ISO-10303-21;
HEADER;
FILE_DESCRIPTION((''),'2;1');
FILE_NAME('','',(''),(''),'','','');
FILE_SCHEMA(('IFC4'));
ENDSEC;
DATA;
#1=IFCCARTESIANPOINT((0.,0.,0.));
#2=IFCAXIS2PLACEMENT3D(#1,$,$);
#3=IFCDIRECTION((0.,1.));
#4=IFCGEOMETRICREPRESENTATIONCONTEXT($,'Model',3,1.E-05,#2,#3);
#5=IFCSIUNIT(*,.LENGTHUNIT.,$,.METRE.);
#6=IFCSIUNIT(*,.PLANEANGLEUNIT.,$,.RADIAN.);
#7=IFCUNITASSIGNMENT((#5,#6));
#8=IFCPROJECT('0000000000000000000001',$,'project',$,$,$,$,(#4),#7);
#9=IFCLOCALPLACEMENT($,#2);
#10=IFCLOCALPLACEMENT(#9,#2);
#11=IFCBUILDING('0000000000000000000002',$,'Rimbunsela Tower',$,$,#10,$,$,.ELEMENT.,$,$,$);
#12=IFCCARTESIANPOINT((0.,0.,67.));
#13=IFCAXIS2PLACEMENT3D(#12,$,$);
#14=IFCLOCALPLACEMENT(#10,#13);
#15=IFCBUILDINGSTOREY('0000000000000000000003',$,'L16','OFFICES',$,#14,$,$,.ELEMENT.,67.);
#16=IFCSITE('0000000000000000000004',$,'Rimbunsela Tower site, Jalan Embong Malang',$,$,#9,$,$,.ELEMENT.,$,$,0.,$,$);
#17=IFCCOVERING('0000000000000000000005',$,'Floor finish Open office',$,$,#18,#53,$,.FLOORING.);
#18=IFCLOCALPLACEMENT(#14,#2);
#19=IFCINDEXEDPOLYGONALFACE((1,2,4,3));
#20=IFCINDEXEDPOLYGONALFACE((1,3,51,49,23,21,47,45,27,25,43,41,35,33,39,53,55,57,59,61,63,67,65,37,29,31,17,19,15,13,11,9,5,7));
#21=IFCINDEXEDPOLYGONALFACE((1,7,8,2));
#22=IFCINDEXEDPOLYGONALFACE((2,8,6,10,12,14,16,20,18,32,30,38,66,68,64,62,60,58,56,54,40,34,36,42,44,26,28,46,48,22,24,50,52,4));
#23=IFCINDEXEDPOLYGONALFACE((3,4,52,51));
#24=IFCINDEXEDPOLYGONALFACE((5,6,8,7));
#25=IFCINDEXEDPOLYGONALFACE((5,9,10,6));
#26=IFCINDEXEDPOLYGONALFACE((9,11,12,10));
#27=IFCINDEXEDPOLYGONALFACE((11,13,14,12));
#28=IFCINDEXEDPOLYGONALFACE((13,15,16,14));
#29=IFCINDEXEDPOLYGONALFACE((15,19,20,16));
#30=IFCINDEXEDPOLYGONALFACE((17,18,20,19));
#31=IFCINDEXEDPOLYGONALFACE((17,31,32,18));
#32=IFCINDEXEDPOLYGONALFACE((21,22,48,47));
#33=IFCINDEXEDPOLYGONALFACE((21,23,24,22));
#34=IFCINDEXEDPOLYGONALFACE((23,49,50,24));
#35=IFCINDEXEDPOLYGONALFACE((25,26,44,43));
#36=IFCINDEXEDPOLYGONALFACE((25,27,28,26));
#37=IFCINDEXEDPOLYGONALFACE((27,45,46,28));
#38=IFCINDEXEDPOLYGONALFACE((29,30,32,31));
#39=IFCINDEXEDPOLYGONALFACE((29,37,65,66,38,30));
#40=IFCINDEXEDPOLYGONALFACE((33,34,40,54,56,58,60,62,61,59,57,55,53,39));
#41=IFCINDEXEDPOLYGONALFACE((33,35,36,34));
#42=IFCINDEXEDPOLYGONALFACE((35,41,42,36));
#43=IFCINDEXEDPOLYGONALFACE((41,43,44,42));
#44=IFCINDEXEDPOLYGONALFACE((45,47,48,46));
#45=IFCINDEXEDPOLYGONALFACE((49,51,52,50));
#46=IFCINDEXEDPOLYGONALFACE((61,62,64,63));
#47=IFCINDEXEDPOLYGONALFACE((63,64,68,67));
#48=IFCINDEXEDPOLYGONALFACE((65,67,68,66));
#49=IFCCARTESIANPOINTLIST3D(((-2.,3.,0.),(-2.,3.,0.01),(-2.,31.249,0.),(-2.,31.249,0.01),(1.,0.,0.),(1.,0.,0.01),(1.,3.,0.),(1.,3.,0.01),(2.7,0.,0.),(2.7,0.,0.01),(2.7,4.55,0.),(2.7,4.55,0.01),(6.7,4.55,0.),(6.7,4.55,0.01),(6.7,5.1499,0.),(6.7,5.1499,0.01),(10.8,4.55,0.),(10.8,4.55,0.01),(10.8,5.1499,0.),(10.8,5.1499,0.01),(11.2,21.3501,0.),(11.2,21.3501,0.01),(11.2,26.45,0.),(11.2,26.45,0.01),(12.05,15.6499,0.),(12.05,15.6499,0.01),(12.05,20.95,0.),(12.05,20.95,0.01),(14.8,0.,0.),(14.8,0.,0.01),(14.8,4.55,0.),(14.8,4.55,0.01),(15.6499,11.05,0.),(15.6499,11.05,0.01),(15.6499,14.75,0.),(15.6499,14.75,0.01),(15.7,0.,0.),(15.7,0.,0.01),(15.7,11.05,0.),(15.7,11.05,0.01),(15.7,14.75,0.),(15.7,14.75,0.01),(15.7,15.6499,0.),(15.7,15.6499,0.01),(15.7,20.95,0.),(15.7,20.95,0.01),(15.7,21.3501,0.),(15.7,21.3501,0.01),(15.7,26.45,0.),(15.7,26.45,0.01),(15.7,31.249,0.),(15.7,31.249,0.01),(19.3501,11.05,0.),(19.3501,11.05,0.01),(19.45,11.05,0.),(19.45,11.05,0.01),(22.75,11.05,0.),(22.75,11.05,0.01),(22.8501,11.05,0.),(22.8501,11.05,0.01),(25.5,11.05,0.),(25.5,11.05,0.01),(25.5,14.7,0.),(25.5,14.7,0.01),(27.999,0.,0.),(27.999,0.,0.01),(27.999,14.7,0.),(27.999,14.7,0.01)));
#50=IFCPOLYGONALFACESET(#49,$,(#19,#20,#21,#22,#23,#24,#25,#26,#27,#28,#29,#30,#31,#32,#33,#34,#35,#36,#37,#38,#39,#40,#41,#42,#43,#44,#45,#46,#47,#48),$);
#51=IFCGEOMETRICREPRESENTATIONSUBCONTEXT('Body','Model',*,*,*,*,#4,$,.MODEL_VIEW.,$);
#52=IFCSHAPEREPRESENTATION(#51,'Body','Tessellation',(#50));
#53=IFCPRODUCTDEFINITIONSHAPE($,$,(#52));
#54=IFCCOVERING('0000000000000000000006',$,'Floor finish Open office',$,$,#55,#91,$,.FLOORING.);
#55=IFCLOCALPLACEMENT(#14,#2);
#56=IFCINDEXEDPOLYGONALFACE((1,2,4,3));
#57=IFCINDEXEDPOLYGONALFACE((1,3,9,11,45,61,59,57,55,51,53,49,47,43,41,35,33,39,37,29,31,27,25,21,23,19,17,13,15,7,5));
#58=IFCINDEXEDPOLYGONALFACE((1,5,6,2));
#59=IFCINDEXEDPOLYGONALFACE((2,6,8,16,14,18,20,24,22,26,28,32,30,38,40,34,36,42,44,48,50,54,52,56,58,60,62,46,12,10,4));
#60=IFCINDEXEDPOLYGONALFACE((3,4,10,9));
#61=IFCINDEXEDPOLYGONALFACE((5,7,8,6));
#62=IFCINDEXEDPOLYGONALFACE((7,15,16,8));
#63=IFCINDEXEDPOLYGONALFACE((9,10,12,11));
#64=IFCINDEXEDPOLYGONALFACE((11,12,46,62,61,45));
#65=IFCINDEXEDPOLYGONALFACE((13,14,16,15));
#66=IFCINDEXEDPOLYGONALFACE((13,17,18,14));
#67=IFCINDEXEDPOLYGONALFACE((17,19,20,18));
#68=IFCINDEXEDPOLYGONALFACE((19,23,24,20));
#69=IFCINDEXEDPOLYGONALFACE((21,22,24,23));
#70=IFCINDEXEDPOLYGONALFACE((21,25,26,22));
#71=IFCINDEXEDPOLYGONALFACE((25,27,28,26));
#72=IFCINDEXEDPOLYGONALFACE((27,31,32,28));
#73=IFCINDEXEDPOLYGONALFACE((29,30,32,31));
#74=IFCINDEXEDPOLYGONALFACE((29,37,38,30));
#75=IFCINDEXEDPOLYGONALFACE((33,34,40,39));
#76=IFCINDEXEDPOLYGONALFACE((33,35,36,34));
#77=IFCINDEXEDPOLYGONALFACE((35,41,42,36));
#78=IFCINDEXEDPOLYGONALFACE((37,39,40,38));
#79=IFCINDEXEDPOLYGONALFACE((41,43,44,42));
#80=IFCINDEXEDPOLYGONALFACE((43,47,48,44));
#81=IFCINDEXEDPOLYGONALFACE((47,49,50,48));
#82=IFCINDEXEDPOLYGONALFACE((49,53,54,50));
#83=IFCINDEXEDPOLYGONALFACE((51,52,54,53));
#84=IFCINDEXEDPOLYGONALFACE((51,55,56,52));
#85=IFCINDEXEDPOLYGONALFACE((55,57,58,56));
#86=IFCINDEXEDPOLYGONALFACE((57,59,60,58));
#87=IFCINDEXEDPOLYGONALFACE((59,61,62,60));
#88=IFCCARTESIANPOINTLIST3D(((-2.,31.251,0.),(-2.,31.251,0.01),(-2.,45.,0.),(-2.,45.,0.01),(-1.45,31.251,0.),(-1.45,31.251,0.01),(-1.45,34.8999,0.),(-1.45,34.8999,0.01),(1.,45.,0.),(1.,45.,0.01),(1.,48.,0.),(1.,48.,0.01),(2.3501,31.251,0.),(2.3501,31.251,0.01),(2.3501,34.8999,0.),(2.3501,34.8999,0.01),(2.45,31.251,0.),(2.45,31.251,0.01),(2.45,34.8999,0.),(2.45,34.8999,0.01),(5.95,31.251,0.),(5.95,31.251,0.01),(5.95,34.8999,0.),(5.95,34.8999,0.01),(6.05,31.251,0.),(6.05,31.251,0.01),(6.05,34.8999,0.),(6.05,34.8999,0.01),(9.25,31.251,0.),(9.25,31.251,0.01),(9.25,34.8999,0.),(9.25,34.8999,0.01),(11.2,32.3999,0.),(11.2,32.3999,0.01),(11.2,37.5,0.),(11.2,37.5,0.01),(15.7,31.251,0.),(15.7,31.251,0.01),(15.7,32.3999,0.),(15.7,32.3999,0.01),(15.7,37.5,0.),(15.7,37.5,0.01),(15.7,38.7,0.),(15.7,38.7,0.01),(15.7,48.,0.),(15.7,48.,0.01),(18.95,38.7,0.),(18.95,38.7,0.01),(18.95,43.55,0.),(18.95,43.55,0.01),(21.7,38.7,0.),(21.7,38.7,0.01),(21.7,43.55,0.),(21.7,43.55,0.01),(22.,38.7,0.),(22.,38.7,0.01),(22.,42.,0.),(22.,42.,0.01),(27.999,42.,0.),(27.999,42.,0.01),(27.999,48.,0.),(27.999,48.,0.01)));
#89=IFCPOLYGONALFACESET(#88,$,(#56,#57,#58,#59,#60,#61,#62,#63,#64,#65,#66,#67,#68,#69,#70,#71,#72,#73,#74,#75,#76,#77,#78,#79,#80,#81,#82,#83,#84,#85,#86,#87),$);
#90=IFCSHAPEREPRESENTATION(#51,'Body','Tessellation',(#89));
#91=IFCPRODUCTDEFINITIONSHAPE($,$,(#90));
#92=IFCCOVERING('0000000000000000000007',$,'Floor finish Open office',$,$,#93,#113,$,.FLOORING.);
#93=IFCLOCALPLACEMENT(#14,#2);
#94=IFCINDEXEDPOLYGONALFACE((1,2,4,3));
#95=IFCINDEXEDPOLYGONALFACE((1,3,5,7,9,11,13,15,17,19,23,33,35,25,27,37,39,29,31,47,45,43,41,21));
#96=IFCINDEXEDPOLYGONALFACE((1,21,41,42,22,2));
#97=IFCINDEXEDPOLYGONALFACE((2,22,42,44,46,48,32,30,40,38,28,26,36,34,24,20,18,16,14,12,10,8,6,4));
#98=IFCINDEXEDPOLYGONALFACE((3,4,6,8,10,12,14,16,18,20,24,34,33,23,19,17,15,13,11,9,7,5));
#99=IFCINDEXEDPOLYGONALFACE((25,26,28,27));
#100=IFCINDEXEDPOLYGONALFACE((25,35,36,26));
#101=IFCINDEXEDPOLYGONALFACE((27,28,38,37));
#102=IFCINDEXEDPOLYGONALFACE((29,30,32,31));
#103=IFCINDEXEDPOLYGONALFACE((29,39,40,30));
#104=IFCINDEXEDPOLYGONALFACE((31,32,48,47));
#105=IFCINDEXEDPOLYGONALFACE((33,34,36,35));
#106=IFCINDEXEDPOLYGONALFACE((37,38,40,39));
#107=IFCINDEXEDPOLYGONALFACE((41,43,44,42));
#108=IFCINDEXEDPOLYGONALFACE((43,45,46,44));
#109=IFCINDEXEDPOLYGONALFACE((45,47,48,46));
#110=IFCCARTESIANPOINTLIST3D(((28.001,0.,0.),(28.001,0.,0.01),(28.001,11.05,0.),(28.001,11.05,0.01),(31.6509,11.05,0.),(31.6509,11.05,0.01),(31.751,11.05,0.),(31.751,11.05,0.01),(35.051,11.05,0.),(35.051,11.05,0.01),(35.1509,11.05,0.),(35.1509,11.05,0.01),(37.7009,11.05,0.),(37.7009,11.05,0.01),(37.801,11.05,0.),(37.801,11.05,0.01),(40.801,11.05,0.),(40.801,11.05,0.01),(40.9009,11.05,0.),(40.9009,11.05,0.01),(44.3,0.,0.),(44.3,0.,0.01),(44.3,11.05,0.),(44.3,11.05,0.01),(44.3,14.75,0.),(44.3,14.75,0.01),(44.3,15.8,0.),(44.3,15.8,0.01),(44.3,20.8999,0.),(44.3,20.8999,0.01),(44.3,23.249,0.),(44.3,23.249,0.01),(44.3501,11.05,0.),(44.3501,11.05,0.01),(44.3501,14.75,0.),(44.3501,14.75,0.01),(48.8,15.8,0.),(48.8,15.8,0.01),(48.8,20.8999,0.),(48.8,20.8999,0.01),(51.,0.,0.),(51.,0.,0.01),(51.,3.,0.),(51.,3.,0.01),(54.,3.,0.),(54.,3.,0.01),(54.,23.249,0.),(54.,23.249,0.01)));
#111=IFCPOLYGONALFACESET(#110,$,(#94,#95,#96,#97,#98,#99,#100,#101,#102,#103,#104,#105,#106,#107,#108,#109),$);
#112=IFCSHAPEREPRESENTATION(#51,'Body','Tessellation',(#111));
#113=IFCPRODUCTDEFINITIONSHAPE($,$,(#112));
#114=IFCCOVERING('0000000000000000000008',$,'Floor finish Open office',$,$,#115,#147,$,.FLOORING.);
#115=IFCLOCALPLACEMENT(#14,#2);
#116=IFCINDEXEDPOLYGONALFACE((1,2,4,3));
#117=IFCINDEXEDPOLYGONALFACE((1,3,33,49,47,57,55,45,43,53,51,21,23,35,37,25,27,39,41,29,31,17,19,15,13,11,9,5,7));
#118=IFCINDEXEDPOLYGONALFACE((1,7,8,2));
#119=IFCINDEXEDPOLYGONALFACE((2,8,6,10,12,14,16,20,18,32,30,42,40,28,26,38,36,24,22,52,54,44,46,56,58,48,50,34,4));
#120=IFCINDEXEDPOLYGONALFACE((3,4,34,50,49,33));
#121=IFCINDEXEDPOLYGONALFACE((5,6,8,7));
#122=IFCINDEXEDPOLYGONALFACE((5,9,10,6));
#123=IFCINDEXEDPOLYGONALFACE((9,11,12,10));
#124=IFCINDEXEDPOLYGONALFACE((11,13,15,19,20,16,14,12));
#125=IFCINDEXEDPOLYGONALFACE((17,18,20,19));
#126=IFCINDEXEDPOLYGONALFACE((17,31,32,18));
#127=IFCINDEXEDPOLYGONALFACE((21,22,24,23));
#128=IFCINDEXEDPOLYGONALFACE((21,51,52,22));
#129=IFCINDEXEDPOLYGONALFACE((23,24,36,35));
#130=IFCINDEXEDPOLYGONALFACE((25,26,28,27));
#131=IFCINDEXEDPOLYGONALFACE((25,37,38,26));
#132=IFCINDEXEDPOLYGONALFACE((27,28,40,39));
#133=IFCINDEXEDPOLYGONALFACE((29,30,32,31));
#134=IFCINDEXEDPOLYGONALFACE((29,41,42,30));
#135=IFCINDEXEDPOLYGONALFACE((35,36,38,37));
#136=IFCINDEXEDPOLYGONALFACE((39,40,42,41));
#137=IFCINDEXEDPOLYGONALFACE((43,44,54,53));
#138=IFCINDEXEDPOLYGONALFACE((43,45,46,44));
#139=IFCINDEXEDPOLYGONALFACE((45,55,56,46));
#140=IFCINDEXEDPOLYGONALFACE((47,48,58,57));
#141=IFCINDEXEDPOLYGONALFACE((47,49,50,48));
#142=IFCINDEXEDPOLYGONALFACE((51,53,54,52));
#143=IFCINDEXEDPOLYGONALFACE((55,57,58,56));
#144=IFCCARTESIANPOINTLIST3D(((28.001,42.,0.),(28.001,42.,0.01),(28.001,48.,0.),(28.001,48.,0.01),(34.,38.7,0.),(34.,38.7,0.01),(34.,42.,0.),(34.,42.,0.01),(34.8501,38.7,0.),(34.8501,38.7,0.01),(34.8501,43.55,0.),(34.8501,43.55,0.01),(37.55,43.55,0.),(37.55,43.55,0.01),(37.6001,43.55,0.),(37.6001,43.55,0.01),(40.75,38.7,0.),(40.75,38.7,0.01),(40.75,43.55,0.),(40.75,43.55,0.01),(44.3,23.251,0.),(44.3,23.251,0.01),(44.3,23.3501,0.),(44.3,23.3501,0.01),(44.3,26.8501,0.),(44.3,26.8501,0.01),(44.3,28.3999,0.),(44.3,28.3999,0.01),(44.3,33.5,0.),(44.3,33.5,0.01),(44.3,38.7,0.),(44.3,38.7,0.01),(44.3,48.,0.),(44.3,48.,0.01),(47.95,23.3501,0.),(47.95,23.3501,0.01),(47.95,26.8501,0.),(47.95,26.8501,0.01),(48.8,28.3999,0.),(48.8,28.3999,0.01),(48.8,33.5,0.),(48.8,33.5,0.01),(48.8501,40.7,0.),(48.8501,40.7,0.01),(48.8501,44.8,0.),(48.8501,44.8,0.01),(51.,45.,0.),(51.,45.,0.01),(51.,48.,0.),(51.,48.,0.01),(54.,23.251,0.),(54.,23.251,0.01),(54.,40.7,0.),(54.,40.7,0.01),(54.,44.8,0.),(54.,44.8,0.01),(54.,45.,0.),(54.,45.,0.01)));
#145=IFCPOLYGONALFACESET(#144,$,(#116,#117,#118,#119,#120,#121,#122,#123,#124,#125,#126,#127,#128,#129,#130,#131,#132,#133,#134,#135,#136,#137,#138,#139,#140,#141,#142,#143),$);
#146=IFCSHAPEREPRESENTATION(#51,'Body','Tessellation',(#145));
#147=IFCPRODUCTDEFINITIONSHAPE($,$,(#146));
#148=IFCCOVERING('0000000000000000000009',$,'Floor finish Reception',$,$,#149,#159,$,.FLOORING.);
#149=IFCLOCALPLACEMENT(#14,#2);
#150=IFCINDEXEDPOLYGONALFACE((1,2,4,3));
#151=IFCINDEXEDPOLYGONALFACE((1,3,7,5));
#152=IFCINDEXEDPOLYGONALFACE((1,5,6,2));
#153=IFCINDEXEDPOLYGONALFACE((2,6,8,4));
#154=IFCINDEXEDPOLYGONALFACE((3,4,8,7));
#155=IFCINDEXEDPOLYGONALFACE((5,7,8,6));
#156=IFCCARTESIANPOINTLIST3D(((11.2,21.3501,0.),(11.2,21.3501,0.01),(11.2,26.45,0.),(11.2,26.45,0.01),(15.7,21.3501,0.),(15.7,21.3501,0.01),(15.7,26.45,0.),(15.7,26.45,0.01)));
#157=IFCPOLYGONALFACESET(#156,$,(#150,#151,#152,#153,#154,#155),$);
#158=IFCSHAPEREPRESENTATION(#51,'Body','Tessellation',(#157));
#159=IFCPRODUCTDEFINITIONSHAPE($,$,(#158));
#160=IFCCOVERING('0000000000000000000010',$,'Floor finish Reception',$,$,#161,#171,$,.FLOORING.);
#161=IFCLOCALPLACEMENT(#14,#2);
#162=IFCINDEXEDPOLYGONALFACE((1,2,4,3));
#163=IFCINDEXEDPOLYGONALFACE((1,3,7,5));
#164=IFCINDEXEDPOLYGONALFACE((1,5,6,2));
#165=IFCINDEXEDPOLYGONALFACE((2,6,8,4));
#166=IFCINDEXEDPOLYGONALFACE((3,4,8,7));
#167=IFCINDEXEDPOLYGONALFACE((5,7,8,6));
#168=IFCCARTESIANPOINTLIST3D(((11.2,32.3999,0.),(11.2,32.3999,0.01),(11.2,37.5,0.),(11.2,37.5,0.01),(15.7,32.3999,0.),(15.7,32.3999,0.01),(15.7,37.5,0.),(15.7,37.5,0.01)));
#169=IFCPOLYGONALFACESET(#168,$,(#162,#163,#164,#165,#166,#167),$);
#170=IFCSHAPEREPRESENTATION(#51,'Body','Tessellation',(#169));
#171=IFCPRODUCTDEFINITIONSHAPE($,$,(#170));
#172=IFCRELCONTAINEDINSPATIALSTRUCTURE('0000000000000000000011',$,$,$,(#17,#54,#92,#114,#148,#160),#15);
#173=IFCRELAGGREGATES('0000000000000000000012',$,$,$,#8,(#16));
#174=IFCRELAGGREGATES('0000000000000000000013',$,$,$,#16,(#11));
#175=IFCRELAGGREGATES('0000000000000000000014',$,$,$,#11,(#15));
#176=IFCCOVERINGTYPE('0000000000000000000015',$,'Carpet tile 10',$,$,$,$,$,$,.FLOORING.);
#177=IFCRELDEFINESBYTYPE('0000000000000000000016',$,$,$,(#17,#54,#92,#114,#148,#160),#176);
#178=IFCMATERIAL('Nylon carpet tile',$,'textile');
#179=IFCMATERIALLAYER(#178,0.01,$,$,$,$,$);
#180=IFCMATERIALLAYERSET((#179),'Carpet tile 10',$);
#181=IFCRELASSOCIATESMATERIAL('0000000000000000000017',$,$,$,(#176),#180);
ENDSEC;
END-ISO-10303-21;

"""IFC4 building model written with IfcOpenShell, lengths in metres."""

from ifc_helpers import new_model, si_unit, direction, frame, origin, place, context, subcontext, project, spatial, polyline, outline, extrude, material, layer, layer_set, type_object, element, save


model = new_model("IFC4")

# Units and contexts
model_context = context("Model", 3, precision=1e-05, world=origin(), true_north=direction((0.0, 1.0)))
body_context = subcontext(model_context, "Body", "Model", "MODEL_VIEW")
ifc_project = project(units=[si_unit("LENGTHUNIT", "METRE"), si_unit("PLANEANGLEUNIT", "RADIAN")], contexts=[model_context])

# Site, building, storey
site_placement = place(None, origin())
site = spatial("IfcSite", under=ifc_project, at=site_placement, Name="Rimbunsela Tower site, Jalan Embong Malang", CompositionType="ELEMENT", RefElevation=0.0)
building_placement = place(site_placement, origin())
building = spatial("IfcBuilding", under=site, at=building_placement, Name="Rimbunsela Tower", CompositionType="ELEMENT")
storey_placement = place(building_placement, frame((0.0, 0.0, 67.0)))
storey = spatial("IfcBuildingStorey", under=building, at=storey_placement, Name="L16", Description="OFFICES", CompositionType="ELEMENT", Elevation=67.0)

# Coverings
ifc_material_1 = material(Name="Nylon carpet tile", Category="textile")
ifc_layer_1 = layer(ifc_material_1, 0.01)
ifc_layer_set_1 = layer_set([ifc_layer_1], Name="Carpet tile 10")
covering_type_1 = type_object("IfcCoveringType", Name="Carpet tile 10", PredefinedType="FLOORING", material=ifc_layer_set_1)
covering_1_placement = place(storey_placement, origin())
element("IfcCovering", 1, at=covering_1_placement, inside=storey, type_object=covering_type_1, Name="Floor finish Open office", PredefinedType="FLOORING", context=body_context, shape_type="SweptSolid", body=[
    extrude(outline(polyline([(19.45, 11.05), (22.75, 11.05), (22.8501, 11.05), (25.5, 11.05), (25.5, 14.7), (27.999, 14.7), (27.999, 0.0), (15.7, 0.0), (14.8, 0.0), (14.8, 4.55), (10.8, 4.55), (10.8, 5.1499), (6.7, 5.1499), (6.7, 4.55), (2.7, 4.55), (2.7, 0.0), (1.0, 0.0), (1.0, 3.0), (-2.0, 3.0), (-2.0, 31.249), (15.7, 31.249), (15.7, 26.45), (11.2, 26.45), (11.2, 21.3501), (15.7, 21.3501), (15.7, 20.95), (12.05, 20.95), (12.05, 15.6499), (15.7, 15.6499), (15.7, 14.75), (15.6499, 14.75), (15.6499, 11.05), (15.7, 11.05), (19.3501, 11.05), (19.45, 11.05)])), origin(), (0.0, 0.0, 1.0), 0.01),
])
covering_2_placement = place(storey_placement, origin())
element("IfcCovering", 2, at=covering_2_placement, inside=storey, type_object=covering_type_1, Name="Floor finish Open office", PredefinedType="FLOORING", context=body_context, shape_type="SweptSolid", body=[
    extrude(outline(polyline([(11.2, 37.5), (11.2, 32.3999), (15.7, 32.3999), (15.7, 31.251), (9.25, 31.251), (9.25, 34.8999), (6.05, 34.8999), (6.05, 31.251), (5.95, 31.251), (5.95, 34.8999), (2.45, 34.8999), (2.45, 31.251), (2.3501, 31.251), (2.3501, 34.8999), (-1.45, 34.8999), (-1.45, 31.251), (-2.0, 31.251), (-2.0, 45.0), (1.0, 45.0), (1.0, 48.0), (15.7, 48.0), (27.999, 48.0), (27.999, 42.0), (22.0, 42.0), (22.0, 38.7), (21.7, 38.7), (21.7, 43.55), (18.95, 43.55), (18.95, 38.7), (15.7, 38.7), (15.7, 37.5), (11.2, 37.5)])), origin(), (0.0, 0.0, 1.0), 0.01),
])
covering_3_placement = place(storey_placement, origin())
element("IfcCovering", 3, at=covering_3_placement, inside=storey, type_object=covering_type_1, Name="Floor finish Open office", PredefinedType="FLOORING", context=body_context, shape_type="SweptSolid", body=[
    extrude(outline(polyline([(28.001, 11.05), (31.6509, 11.05), (31.751, 11.05), (35.051, 11.05), (35.1509, 11.05), (37.7009, 11.05), (37.801, 11.05), (40.801, 11.05), (40.9009, 11.05), (44.3, 11.05), (44.3501, 11.05), (44.3501, 14.75), (44.3, 14.75), (44.3, 15.8), (48.8, 15.8), (48.8, 20.8999), (44.3, 20.8999), (44.3, 23.249), (54.0, 23.249), (54.0, 3.0), (51.0, 3.0), (51.0, 0.0), (44.3, 0.0), (28.001, 0.0), (28.001, 11.05)])), origin(), (0.0, 0.0, 1.0), 0.01),
])
covering_4_placement = place(storey_placement, origin())
element("IfcCovering", 4, at=covering_4_placement, inside=storey, type_object=covering_type_1, Name="Floor finish Open office", PredefinedType="FLOORING", context=body_context, shape_type="SweptSolid", body=[
    extrude(outline(polyline([(48.8501, 44.8), (48.8501, 40.7), (54.0, 40.7), (54.0, 23.251), (44.3, 23.251), (44.3, 23.3501), (47.95, 23.3501), (47.95, 26.8501), (44.3, 26.8501), (44.3, 28.3999), (48.8, 28.3999), (48.8, 33.5), (44.3, 33.5), (44.3, 38.7), (40.75, 38.7), (40.75, 43.55), (37.6001, 43.55), (37.55, 43.55), (34.8501, 43.55), (34.8501, 38.7), (34.0, 38.7), (34.0, 42.0), (28.001, 42.0), (28.001, 48.0), (44.3, 48.0), (51.0, 48.0), (51.0, 45.0), (54.0, 45.0), (54.0, 44.8), (48.8501, 44.8)])), origin(), (0.0, 0.0, 1.0), 0.01),
])
covering_5_placement = place(storey_placement, origin())
element("IfcCovering", 5, at=covering_5_placement, inside=storey, type_object=covering_type_1, Name="Floor finish Reception", PredefinedType="FLOORING", context=body_context, shape_type="SweptSolid", body=[
    extrude(outline(polyline([(15.7, 21.3501), (15.7, 26.45), (11.2, 26.45), (11.2, 21.3501), (15.7, 21.3501)])), origin(), (0.0, 0.0, 1.0), 0.01),
])
covering_6_placement = place(storey_placement, origin())
element("IfcCovering", 6, at=covering_6_placement, inside=storey, type_object=covering_type_1, Name="Floor finish Reception", PredefinedType="FLOORING", context=body_context, shape_type="SweptSolid", body=[
    extrude(outline(polyline([(15.7, 32.3999), (15.7, 37.5), (11.2, 37.5), (11.2, 32.3999), (15.7, 32.3999)])), origin(), (0.0, 0.0, 1.0), 0.01),
])

save(model, "model.ifc")
